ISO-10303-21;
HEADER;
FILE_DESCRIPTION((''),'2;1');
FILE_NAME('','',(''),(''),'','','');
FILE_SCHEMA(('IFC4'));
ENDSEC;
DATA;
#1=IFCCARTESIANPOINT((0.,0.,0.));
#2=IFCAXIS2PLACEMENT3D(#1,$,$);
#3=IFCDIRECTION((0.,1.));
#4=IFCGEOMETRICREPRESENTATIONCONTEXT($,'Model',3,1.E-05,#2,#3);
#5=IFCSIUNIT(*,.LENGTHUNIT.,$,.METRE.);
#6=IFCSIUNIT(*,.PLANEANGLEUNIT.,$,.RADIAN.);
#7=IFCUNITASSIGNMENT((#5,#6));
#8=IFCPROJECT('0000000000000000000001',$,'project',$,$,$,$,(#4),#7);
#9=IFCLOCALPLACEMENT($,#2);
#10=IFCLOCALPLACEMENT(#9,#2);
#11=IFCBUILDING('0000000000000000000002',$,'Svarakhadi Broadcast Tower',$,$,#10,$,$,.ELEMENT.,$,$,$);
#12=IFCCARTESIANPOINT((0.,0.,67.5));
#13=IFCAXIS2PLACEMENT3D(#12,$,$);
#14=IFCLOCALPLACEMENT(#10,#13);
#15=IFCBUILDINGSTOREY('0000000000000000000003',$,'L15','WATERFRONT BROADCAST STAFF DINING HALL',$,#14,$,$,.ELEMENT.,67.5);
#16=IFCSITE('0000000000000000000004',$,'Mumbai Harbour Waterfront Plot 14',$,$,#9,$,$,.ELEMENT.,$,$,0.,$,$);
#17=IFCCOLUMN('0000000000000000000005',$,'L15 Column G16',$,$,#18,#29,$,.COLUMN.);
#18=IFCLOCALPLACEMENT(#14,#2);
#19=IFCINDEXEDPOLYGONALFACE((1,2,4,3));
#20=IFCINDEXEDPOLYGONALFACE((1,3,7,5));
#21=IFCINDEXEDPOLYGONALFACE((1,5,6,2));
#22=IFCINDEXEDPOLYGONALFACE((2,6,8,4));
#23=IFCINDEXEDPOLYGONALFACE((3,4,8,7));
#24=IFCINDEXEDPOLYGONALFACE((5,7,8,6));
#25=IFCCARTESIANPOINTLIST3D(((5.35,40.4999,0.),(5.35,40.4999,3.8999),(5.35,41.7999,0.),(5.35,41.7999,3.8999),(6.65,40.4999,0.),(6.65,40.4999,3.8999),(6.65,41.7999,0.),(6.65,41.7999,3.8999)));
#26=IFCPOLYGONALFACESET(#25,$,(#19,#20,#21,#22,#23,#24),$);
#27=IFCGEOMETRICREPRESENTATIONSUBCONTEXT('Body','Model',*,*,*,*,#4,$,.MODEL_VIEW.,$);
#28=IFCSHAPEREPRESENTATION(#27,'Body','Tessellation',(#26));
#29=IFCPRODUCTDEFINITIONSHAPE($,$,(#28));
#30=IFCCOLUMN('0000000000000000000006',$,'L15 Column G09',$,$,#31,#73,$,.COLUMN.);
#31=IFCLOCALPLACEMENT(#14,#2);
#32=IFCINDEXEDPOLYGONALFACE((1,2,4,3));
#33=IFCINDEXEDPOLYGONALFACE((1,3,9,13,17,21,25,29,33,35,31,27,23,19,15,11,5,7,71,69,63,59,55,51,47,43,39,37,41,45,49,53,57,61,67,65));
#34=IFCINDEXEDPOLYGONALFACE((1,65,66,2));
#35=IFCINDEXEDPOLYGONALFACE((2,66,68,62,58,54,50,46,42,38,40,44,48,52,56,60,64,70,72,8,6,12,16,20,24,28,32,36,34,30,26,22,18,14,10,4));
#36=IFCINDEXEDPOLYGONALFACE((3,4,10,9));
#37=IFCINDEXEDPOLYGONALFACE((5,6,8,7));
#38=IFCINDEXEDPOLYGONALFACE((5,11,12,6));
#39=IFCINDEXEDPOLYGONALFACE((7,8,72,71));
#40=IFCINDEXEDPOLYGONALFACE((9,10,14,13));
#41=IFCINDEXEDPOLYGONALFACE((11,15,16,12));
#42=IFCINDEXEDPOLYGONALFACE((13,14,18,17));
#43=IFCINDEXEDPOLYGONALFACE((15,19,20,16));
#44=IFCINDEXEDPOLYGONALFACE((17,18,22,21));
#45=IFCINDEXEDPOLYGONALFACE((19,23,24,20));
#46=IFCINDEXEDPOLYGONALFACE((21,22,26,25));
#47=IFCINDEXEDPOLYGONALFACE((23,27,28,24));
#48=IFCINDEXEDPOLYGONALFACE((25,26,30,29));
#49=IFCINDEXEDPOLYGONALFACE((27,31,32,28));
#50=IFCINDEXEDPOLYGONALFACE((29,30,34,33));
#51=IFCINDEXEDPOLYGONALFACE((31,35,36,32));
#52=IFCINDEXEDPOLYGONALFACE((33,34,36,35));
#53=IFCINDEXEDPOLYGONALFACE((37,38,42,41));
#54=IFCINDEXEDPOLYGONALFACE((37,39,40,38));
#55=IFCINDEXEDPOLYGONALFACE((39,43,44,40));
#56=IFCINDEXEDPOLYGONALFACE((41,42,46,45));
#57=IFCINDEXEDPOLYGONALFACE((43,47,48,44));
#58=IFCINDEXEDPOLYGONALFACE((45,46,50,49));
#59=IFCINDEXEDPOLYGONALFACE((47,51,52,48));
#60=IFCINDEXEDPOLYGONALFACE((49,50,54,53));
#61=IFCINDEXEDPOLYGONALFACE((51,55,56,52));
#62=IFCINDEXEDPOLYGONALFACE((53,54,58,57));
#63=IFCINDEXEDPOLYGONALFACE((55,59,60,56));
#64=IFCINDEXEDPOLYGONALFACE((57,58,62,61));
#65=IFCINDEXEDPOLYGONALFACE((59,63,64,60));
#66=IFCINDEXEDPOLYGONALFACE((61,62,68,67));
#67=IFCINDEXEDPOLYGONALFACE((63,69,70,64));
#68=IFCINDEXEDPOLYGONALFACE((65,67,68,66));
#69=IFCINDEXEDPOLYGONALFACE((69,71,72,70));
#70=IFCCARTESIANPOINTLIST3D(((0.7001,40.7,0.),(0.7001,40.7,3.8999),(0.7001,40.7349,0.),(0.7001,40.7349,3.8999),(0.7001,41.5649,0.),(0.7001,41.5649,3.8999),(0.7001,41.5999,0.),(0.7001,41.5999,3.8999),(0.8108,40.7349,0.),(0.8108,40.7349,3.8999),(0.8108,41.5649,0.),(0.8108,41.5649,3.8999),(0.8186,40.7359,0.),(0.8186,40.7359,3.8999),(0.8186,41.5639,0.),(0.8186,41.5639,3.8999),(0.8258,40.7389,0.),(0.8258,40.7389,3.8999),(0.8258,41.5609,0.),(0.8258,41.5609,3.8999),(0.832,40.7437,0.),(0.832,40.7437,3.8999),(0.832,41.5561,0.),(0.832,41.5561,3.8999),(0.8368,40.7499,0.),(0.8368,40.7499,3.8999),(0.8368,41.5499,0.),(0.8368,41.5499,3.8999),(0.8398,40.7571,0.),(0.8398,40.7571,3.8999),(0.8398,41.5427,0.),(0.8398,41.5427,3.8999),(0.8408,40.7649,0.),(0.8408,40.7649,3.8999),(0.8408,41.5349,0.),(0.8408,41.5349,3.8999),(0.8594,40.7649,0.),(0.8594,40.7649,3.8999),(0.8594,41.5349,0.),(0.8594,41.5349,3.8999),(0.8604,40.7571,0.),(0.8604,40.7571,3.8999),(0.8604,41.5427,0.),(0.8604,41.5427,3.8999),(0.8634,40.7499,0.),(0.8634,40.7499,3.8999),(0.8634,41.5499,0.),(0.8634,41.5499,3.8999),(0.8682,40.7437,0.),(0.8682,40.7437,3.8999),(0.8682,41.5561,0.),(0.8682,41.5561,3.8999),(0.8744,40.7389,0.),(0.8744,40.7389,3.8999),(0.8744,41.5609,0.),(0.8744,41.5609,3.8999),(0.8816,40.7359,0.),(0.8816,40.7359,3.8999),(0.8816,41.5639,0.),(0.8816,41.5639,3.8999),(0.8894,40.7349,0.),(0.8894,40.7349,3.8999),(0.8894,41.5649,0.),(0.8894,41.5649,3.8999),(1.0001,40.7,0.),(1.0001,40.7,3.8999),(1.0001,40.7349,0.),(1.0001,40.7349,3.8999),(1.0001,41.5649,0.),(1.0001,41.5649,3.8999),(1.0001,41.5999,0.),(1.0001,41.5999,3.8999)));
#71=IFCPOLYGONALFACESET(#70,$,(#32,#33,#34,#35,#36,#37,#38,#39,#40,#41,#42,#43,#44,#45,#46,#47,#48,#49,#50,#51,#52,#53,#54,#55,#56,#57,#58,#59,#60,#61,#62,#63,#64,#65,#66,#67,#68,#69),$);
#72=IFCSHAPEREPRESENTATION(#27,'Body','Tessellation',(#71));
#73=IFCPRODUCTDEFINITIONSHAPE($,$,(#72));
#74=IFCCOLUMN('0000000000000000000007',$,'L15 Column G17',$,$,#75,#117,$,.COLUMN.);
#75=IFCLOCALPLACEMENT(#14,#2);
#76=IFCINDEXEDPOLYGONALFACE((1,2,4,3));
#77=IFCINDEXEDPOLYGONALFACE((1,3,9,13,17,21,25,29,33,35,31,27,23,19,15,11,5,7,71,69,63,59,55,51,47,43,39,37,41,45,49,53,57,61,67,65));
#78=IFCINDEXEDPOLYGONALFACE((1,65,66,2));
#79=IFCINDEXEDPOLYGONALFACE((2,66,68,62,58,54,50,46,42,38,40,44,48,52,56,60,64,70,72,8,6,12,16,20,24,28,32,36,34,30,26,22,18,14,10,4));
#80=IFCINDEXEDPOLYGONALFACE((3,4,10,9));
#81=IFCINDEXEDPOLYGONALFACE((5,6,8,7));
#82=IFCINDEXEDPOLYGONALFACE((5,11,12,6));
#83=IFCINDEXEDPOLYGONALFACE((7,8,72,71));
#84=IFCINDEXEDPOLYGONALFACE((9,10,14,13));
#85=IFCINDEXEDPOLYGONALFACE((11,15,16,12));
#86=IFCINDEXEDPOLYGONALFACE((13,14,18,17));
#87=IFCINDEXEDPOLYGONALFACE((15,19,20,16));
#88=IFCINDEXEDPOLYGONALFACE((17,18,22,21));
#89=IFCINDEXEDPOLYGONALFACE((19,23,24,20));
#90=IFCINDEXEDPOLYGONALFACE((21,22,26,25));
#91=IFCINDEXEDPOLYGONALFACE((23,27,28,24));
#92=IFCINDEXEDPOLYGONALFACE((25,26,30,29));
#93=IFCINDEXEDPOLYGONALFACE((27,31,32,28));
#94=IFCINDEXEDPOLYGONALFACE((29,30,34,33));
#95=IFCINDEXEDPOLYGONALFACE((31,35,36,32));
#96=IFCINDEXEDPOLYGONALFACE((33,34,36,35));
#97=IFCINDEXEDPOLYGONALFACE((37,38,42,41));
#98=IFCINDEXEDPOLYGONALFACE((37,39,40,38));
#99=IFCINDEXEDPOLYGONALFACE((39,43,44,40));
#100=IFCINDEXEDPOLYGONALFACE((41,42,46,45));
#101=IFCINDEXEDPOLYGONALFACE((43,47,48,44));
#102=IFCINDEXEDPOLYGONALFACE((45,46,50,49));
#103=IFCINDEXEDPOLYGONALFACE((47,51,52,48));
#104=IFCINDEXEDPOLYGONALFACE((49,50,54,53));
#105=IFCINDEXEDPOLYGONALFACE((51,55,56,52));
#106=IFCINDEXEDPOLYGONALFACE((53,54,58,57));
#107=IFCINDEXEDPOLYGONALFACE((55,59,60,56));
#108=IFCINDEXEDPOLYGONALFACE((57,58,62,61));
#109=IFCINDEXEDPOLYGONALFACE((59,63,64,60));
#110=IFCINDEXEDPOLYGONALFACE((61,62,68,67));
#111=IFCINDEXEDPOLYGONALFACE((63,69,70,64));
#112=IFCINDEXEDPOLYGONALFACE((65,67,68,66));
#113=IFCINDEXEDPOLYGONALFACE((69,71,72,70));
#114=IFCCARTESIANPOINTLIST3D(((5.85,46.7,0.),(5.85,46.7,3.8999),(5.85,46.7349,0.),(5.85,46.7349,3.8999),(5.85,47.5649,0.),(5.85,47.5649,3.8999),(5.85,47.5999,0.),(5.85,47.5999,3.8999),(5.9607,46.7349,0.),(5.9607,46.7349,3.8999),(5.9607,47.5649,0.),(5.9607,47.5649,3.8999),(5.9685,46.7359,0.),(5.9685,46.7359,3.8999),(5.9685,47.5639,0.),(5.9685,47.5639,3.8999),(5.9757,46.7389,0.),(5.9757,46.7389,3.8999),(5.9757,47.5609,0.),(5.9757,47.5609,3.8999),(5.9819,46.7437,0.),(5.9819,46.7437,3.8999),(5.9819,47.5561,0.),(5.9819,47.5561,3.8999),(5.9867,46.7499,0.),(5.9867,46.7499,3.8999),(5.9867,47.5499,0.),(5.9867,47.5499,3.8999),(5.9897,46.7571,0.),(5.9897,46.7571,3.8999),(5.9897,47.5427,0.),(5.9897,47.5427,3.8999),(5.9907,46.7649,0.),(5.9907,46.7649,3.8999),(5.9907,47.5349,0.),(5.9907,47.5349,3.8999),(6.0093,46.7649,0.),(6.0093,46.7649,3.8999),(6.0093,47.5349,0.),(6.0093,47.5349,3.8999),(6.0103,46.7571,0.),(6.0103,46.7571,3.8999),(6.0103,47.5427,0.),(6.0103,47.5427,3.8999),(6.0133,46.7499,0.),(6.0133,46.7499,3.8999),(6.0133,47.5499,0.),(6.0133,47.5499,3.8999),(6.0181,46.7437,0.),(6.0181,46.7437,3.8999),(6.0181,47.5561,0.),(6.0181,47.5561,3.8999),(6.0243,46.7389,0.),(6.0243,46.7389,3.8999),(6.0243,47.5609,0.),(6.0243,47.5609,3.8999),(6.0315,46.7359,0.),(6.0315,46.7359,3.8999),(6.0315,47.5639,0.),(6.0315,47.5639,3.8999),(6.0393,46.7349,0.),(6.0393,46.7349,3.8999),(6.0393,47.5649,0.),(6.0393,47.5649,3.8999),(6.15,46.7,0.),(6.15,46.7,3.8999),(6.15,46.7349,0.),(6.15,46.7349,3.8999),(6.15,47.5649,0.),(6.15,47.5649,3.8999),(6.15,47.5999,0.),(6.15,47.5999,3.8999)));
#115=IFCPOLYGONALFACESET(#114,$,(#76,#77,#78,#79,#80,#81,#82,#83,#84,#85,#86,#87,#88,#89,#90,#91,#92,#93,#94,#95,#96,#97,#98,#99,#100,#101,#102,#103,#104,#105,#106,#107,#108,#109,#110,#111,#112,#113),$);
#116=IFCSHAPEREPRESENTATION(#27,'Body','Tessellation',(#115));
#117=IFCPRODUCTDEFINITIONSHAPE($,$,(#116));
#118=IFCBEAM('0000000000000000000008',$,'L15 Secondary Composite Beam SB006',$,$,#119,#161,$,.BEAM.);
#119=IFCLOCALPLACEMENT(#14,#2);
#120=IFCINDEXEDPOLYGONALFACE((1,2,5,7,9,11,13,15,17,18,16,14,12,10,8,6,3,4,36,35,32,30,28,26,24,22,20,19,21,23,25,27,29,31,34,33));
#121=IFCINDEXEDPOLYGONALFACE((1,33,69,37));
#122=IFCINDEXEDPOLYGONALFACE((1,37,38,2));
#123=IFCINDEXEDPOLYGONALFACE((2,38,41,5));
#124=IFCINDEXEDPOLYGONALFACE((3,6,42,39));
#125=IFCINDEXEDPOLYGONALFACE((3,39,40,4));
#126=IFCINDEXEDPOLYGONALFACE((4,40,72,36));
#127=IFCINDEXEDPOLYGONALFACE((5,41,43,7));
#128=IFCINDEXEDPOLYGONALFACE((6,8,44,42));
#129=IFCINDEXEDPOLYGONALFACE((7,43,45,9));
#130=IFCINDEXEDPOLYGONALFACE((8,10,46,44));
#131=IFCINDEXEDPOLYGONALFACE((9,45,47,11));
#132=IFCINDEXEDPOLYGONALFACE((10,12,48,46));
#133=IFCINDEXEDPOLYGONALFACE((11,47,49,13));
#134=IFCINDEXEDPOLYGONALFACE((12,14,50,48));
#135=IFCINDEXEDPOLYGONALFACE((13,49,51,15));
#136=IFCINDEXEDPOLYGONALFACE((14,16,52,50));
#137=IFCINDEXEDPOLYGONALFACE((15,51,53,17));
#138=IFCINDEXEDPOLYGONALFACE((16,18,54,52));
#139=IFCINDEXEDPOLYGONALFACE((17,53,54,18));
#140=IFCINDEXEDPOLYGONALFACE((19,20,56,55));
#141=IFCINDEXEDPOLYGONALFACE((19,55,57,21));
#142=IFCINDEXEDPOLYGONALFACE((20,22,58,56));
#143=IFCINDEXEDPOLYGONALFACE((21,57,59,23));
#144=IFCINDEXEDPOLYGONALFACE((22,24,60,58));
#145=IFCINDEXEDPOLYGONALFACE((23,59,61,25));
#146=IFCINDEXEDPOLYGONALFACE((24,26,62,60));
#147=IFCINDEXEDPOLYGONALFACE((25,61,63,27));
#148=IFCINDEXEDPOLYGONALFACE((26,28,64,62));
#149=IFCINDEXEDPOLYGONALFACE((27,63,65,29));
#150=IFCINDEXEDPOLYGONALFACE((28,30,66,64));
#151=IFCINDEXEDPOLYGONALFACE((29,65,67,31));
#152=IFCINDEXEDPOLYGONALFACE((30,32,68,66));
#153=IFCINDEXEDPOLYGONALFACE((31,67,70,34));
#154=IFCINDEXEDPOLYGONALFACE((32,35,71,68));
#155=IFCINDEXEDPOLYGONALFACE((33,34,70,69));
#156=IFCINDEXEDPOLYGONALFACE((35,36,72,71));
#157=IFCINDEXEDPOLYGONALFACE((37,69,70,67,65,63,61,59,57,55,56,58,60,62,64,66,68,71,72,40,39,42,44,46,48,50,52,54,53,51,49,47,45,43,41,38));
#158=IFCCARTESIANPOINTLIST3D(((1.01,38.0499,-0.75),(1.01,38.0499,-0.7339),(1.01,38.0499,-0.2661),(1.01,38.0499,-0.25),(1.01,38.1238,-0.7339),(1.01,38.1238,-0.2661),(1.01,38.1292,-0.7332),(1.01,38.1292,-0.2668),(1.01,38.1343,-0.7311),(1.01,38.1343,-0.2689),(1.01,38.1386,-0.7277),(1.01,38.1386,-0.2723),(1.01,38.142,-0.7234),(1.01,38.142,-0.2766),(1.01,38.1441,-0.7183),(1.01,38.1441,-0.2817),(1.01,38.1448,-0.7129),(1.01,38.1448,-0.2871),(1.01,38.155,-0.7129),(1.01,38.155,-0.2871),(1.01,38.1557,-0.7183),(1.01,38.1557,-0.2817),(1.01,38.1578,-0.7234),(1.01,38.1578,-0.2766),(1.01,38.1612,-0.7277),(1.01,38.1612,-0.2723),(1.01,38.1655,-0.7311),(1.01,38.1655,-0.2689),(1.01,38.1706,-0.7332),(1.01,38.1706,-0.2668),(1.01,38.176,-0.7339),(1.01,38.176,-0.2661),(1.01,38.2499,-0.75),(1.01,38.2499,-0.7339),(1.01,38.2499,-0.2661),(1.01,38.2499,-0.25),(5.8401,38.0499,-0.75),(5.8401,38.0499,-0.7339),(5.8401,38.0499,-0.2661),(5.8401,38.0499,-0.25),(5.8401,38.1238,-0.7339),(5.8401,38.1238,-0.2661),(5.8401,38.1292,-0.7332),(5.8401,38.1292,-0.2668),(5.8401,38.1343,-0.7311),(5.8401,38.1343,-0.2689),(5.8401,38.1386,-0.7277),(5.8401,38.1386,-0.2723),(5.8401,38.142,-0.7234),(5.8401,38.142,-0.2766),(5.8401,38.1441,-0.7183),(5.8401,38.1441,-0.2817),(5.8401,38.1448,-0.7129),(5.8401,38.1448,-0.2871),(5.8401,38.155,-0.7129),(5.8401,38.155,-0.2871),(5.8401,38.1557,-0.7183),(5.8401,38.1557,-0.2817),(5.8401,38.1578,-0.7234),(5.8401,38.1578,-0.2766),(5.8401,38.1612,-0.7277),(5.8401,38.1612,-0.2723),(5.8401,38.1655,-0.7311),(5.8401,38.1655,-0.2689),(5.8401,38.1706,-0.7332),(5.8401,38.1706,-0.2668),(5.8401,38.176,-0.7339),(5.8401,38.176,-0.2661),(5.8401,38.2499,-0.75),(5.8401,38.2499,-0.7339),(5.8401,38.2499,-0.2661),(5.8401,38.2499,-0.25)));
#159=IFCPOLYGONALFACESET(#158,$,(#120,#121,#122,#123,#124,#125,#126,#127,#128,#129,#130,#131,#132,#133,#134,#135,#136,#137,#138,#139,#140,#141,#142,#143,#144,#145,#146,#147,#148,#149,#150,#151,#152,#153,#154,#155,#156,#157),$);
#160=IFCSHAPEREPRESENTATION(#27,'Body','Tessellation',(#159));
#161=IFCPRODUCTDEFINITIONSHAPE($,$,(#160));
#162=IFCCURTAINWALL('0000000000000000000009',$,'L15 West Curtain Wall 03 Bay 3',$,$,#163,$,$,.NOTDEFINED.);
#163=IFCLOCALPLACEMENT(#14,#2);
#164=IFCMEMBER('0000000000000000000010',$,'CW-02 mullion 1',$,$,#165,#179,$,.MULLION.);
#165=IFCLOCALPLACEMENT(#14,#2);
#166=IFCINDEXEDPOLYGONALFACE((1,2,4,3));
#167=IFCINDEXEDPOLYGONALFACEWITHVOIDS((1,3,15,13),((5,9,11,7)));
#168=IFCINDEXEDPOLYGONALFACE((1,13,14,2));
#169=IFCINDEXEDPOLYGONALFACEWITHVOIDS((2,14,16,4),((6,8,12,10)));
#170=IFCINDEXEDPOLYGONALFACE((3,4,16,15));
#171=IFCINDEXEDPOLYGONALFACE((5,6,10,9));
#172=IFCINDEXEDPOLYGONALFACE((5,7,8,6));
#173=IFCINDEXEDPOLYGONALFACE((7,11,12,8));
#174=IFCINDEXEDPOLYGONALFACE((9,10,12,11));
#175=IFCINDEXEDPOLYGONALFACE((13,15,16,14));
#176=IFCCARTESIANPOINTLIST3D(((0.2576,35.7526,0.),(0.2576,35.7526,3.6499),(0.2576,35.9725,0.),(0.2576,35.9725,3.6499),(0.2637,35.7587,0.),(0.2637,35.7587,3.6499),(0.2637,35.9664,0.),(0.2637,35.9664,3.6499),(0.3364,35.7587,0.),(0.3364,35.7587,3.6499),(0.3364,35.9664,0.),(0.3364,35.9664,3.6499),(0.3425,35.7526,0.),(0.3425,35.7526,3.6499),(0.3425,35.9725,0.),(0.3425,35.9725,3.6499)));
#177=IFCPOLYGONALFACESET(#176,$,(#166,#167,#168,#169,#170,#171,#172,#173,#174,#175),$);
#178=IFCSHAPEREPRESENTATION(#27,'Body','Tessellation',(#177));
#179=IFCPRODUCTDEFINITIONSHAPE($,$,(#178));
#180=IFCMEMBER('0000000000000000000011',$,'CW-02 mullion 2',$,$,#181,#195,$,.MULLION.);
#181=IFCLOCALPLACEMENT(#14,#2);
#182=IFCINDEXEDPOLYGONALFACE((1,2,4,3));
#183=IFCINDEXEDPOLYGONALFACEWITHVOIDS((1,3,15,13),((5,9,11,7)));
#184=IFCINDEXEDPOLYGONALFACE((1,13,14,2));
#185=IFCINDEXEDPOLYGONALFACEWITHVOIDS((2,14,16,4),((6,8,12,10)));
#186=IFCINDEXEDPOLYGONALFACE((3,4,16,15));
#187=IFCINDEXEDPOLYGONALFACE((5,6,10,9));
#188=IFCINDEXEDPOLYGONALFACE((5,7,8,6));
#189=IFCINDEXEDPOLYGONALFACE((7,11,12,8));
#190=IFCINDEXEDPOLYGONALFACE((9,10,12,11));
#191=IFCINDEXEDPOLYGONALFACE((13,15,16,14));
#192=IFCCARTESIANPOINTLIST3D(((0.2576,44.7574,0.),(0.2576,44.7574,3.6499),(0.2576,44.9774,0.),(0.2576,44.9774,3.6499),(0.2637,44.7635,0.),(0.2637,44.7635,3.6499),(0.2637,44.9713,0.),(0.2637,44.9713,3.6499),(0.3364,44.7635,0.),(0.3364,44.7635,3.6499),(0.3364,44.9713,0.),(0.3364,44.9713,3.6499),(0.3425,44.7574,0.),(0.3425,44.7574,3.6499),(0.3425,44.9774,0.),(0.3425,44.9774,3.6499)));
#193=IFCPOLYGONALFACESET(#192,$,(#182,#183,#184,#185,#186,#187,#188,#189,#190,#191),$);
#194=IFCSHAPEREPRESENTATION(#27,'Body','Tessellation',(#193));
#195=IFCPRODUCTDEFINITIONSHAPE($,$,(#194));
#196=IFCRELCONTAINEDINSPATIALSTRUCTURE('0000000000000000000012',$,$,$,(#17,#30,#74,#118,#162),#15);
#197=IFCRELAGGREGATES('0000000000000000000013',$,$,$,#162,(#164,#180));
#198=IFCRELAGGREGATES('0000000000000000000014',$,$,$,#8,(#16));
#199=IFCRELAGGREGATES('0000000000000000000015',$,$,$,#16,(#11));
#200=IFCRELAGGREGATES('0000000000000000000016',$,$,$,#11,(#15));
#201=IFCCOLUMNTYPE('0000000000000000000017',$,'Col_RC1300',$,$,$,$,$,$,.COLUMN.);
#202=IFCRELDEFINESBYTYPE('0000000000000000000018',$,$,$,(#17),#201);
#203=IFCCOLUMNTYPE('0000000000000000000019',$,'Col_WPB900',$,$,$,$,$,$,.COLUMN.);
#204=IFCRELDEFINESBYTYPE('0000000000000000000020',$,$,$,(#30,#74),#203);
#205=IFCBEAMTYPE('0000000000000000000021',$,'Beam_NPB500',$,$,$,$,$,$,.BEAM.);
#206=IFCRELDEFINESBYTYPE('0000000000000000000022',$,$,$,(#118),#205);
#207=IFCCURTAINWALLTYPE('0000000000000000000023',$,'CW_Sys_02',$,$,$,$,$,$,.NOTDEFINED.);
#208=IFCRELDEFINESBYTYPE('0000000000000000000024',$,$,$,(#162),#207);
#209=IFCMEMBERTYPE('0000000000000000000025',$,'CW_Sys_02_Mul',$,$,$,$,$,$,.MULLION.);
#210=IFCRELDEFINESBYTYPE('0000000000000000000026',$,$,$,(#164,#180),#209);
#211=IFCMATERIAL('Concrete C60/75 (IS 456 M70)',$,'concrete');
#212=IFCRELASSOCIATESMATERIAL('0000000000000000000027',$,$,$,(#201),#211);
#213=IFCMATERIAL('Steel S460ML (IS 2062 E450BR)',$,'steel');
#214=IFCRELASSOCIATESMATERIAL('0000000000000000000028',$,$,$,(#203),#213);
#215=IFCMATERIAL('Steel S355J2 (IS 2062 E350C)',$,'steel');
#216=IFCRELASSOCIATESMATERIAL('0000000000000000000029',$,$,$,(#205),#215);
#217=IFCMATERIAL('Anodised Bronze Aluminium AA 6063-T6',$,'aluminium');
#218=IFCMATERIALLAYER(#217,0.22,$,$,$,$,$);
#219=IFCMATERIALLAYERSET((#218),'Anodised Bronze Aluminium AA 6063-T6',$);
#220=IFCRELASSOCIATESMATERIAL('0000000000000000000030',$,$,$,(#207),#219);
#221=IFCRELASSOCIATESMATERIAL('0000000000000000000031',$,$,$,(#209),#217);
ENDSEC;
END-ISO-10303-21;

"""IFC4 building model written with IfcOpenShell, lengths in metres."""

from ifc_helpers import new_model, si_unit, direction, frame, origin, origin_2d, place, context, subcontext, project, spatial, rectangle, hollow_rectangle, i_section, extrude, material, layer, layer_set, material_profile, profile_set, type_object, element, aggregate, save


model = new_model("IFC4")

# Units and contexts
model_context = context("Model", 3, precision=1e-05, world=origin(), true_north=direction((0.0, 1.0)))
body_context = subcontext(model_context, "Body", "Model", "MODEL_VIEW")
ifc_project = project(units=[si_unit("LENGTHUNIT", "METRE"), si_unit("PLANEANGLEUNIT", "RADIAN")], contexts=[model_context])

# Site, building, storey
site_placement = place(None, origin())
site = spatial("IfcSite", under=ifc_project, at=site_placement, Name="Mumbai Harbour Waterfront Plot 14", CompositionType="ELEMENT", RefElevation=0.0)
building_placement = place(site_placement, origin())
building = spatial("IfcBuilding", under=site, at=building_placement, Name="Svarakhadi Broadcast Tower", CompositionType="ELEMENT")
storey_placement = place(building_placement, frame((0.0, 0.0, 67.5)))
storey = spatial("IfcBuildingStorey", under=building, at=storey_placement, Name="L15", Description="WATERFRONT BROADCAST STAFF DINING HALL", CompositionType="ELEMENT", Elevation=67.5)

# Columns
ifc_material_1 = material(Name="Concrete C60/75 (IS 456 M70)", Category="concrete")
ifc_material_profile_1 = material_profile(ifc_material_1, rectangle(XDim=1.3, YDim=1.3, at=origin_2d()), Name="RC 1300x1300")
ifc_profile_set_1 = profile_set([ifc_material_profile_1], Name="Concrete C60/75 (IS 456 M70)")
column_type_1 = type_object("IfcColumnType", Name="Col_RC1300", PredefinedType="COLUMN", material=ifc_profile_set_1)
column_placement = place(storey_placement, frame((6.0, 41.1499, 0.0), z_axis=(0.0, 0.0, 1.0), x_axis=(1.0, 0.0, 0.0)))
element("IfcColumn", 1, at=column_placement, inside=storey, type_object=column_type_1, Name="L15 Column G16", PredefinedType="COLUMN", context=body_context, shape_type="SweptSolid", body=[
    extrude(rectangle(XDim=1.3, YDim=1.3, at=origin_2d()), origin(), (0.0, 0.0, 1.0), 3.8999),
])
ifc_material_2 = material(Name="Steel S460ML (IS 2062 E450BR)", Category="steel")
ifc_material_profile_2 = material_profile(ifc_material_2, i_section(OverallWidth=0.3, OverallDepth=0.8999, WebThickness=0.0186, FlangeThickness=0.0349, FilletRadius=0.03, at=origin_2d()), Name="WPB 900x300x291")
ifc_profile_set_2 = profile_set([ifc_material_profile_2], Name="Steel S460ML (IS 2062 E450BR)")
column_type_2 = type_object("IfcColumnType", Name="Col_WPB900", PredefinedType="COLUMN", material=ifc_profile_set_2)
for number, where, z_axis, x_axis, name in (
    (2, (0.8501, 41.1499, 0.0), (0.0, 0.0, 1.0), (1.0, 0.0, 0.0), "L15 Column G09"),
    (3, (6.0, 47.1499, 0.0), (0.0, 0.0, 1.0), (1.0, 0.0, 0.0), "L15 Column G17"),
):
    element("IfcColumn", number, at=place(storey_placement, frame(where, z_axis=z_axis, x_axis=x_axis)), inside=storey, type_object=column_type_2, Name=name, PredefinedType="COLUMN", context=body_context, shape_type="SweptSolid", body=[
        extrude(i_section(OverallWidth=0.3, OverallDepth=0.8999, WebThickness=0.0186, FlangeThickness=0.0349, FilletRadius=0.03, at=origin_2d()), origin(), (0.0, 0.0, 1.0), 3.8999),
    ])

# Beam
ifc_material_3 = material(Name="Steel S355J2 (IS 2062 E350C)", Category="steel")
ifc_material_profile_3 = material_profile(ifc_material_3, i_section(OverallWidth=0.2, OverallDepth=0.5, WebThickness=0.0103, FlangeThickness=0.0161, FilletRadius=0.021, at=origin_2d()), Name="NPB 500x200x91")
ifc_profile_set_3 = profile_set([ifc_material_profile_3], Name="Steel S355J2 (IS 2062 E350C)")
beam_type_1 = type_object("IfcBeamType", Name="Beam_NPB500", PredefinedType="BEAM", material=ifc_profile_set_3)
beam_1_placement = place(storey_placement, frame((1.01, 38.1499, -0.5), z_axis=(1.0, 0.0, 0.0), x_axis=(0.0, 1.0, 0.0)))
element("IfcBeam", 4, at=beam_1_placement, inside=storey, type_object=beam_type_1, Name="L15 Secondary Composite Beam SB006", PredefinedType="BEAM", context=body_context, shape_type="SweptSolid", body=[
    extrude(i_section(OverallWidth=0.2, OverallDepth=0.5, WebThickness=0.0103, FlangeThickness=0.0161, FilletRadius=0.021, at=origin_2d()), origin(), (0.0, 0.0, 1.0), 4.8301),
])

# Curtain wall, members
ifc_material_4 = material(Name="Anodised Bronze Aluminium AA 6063-T6", Category="aluminium")
ifc_layer_1 = layer(ifc_material_4, 0.22)
ifc_layer_set_1 = layer_set([ifc_layer_1], Name="Anodised Bronze Aluminium AA 6063-T6")
curtain_wall_type = type_object("IfcCurtainWallType", Name="CW_Sys_02", PredefinedType="NOTDEFINED", material=ifc_layer_set_1)
curtain_wall_1_placement = place(storey_placement, origin())
curtain_wall_1 = element("IfcCurtainWall", 5, at=curtain_wall_1_placement, inside=storey, type_object=curtain_wall_type, Name="L15 West Curtain Wall 03 Bay 3", PredefinedType="NOTDEFINED")
ifc_material_profile_4 = material_profile(ifc_material_4, hollow_rectangle(XDim=0.085, YDim=0.22, WallThickness=0.0061, at=origin_2d()), Name="ALU MULLION 220x85x6")
ifc_profile_set_4 = profile_set([ifc_material_profile_4], Name="Anodised Bronze Aluminium AA 6063-T6")
member_type_1 = type_object("IfcMemberType", Name="CW_Sys_02_Mul", PredefinedType="MULLION", material=ifc_profile_set_4)
member_1_placement = place(storey_placement, frame((0.3, 35.8625, 0.0), z_axis=(0.0, 0.0, 1.0), x_axis=(-1.0, 0.0, 0.0)))
member_1 = element("IfcMember", 6, at=member_1_placement, type_object=member_type_1, Name="CW-02 mullion 1", PredefinedType="MULLION", context=body_context, shape_type="SweptSolid", body=[
    extrude(hollow_rectangle(XDim=0.085, YDim=0.22, WallThickness=0.0061, at=origin_2d()), origin(), (0.0, 0.0, 1.0), 3.6499),
])
member_2_placement = place(storey_placement, frame((0.3, 44.8674, 0.0), z_axis=(0.0, 0.0, 1.0), x_axis=(-1.0, 0.0, 0.0)))
member_2 = element("IfcMember", 7, at=member_2_placement, type_object=member_type_1, Name="CW-02 mullion 2", PredefinedType="MULLION", context=body_context, shape_type="SweptSolid", body=[
    extrude(hollow_rectangle(XDim=0.085, YDim=0.22, WallThickness=0.0061, at=origin_2d()), origin(), (0.0, 0.0, 1.0), 3.6499),
])

aggregate(curtain_wall_1, [member_1, member_2])

save(model, "model.ifc")
